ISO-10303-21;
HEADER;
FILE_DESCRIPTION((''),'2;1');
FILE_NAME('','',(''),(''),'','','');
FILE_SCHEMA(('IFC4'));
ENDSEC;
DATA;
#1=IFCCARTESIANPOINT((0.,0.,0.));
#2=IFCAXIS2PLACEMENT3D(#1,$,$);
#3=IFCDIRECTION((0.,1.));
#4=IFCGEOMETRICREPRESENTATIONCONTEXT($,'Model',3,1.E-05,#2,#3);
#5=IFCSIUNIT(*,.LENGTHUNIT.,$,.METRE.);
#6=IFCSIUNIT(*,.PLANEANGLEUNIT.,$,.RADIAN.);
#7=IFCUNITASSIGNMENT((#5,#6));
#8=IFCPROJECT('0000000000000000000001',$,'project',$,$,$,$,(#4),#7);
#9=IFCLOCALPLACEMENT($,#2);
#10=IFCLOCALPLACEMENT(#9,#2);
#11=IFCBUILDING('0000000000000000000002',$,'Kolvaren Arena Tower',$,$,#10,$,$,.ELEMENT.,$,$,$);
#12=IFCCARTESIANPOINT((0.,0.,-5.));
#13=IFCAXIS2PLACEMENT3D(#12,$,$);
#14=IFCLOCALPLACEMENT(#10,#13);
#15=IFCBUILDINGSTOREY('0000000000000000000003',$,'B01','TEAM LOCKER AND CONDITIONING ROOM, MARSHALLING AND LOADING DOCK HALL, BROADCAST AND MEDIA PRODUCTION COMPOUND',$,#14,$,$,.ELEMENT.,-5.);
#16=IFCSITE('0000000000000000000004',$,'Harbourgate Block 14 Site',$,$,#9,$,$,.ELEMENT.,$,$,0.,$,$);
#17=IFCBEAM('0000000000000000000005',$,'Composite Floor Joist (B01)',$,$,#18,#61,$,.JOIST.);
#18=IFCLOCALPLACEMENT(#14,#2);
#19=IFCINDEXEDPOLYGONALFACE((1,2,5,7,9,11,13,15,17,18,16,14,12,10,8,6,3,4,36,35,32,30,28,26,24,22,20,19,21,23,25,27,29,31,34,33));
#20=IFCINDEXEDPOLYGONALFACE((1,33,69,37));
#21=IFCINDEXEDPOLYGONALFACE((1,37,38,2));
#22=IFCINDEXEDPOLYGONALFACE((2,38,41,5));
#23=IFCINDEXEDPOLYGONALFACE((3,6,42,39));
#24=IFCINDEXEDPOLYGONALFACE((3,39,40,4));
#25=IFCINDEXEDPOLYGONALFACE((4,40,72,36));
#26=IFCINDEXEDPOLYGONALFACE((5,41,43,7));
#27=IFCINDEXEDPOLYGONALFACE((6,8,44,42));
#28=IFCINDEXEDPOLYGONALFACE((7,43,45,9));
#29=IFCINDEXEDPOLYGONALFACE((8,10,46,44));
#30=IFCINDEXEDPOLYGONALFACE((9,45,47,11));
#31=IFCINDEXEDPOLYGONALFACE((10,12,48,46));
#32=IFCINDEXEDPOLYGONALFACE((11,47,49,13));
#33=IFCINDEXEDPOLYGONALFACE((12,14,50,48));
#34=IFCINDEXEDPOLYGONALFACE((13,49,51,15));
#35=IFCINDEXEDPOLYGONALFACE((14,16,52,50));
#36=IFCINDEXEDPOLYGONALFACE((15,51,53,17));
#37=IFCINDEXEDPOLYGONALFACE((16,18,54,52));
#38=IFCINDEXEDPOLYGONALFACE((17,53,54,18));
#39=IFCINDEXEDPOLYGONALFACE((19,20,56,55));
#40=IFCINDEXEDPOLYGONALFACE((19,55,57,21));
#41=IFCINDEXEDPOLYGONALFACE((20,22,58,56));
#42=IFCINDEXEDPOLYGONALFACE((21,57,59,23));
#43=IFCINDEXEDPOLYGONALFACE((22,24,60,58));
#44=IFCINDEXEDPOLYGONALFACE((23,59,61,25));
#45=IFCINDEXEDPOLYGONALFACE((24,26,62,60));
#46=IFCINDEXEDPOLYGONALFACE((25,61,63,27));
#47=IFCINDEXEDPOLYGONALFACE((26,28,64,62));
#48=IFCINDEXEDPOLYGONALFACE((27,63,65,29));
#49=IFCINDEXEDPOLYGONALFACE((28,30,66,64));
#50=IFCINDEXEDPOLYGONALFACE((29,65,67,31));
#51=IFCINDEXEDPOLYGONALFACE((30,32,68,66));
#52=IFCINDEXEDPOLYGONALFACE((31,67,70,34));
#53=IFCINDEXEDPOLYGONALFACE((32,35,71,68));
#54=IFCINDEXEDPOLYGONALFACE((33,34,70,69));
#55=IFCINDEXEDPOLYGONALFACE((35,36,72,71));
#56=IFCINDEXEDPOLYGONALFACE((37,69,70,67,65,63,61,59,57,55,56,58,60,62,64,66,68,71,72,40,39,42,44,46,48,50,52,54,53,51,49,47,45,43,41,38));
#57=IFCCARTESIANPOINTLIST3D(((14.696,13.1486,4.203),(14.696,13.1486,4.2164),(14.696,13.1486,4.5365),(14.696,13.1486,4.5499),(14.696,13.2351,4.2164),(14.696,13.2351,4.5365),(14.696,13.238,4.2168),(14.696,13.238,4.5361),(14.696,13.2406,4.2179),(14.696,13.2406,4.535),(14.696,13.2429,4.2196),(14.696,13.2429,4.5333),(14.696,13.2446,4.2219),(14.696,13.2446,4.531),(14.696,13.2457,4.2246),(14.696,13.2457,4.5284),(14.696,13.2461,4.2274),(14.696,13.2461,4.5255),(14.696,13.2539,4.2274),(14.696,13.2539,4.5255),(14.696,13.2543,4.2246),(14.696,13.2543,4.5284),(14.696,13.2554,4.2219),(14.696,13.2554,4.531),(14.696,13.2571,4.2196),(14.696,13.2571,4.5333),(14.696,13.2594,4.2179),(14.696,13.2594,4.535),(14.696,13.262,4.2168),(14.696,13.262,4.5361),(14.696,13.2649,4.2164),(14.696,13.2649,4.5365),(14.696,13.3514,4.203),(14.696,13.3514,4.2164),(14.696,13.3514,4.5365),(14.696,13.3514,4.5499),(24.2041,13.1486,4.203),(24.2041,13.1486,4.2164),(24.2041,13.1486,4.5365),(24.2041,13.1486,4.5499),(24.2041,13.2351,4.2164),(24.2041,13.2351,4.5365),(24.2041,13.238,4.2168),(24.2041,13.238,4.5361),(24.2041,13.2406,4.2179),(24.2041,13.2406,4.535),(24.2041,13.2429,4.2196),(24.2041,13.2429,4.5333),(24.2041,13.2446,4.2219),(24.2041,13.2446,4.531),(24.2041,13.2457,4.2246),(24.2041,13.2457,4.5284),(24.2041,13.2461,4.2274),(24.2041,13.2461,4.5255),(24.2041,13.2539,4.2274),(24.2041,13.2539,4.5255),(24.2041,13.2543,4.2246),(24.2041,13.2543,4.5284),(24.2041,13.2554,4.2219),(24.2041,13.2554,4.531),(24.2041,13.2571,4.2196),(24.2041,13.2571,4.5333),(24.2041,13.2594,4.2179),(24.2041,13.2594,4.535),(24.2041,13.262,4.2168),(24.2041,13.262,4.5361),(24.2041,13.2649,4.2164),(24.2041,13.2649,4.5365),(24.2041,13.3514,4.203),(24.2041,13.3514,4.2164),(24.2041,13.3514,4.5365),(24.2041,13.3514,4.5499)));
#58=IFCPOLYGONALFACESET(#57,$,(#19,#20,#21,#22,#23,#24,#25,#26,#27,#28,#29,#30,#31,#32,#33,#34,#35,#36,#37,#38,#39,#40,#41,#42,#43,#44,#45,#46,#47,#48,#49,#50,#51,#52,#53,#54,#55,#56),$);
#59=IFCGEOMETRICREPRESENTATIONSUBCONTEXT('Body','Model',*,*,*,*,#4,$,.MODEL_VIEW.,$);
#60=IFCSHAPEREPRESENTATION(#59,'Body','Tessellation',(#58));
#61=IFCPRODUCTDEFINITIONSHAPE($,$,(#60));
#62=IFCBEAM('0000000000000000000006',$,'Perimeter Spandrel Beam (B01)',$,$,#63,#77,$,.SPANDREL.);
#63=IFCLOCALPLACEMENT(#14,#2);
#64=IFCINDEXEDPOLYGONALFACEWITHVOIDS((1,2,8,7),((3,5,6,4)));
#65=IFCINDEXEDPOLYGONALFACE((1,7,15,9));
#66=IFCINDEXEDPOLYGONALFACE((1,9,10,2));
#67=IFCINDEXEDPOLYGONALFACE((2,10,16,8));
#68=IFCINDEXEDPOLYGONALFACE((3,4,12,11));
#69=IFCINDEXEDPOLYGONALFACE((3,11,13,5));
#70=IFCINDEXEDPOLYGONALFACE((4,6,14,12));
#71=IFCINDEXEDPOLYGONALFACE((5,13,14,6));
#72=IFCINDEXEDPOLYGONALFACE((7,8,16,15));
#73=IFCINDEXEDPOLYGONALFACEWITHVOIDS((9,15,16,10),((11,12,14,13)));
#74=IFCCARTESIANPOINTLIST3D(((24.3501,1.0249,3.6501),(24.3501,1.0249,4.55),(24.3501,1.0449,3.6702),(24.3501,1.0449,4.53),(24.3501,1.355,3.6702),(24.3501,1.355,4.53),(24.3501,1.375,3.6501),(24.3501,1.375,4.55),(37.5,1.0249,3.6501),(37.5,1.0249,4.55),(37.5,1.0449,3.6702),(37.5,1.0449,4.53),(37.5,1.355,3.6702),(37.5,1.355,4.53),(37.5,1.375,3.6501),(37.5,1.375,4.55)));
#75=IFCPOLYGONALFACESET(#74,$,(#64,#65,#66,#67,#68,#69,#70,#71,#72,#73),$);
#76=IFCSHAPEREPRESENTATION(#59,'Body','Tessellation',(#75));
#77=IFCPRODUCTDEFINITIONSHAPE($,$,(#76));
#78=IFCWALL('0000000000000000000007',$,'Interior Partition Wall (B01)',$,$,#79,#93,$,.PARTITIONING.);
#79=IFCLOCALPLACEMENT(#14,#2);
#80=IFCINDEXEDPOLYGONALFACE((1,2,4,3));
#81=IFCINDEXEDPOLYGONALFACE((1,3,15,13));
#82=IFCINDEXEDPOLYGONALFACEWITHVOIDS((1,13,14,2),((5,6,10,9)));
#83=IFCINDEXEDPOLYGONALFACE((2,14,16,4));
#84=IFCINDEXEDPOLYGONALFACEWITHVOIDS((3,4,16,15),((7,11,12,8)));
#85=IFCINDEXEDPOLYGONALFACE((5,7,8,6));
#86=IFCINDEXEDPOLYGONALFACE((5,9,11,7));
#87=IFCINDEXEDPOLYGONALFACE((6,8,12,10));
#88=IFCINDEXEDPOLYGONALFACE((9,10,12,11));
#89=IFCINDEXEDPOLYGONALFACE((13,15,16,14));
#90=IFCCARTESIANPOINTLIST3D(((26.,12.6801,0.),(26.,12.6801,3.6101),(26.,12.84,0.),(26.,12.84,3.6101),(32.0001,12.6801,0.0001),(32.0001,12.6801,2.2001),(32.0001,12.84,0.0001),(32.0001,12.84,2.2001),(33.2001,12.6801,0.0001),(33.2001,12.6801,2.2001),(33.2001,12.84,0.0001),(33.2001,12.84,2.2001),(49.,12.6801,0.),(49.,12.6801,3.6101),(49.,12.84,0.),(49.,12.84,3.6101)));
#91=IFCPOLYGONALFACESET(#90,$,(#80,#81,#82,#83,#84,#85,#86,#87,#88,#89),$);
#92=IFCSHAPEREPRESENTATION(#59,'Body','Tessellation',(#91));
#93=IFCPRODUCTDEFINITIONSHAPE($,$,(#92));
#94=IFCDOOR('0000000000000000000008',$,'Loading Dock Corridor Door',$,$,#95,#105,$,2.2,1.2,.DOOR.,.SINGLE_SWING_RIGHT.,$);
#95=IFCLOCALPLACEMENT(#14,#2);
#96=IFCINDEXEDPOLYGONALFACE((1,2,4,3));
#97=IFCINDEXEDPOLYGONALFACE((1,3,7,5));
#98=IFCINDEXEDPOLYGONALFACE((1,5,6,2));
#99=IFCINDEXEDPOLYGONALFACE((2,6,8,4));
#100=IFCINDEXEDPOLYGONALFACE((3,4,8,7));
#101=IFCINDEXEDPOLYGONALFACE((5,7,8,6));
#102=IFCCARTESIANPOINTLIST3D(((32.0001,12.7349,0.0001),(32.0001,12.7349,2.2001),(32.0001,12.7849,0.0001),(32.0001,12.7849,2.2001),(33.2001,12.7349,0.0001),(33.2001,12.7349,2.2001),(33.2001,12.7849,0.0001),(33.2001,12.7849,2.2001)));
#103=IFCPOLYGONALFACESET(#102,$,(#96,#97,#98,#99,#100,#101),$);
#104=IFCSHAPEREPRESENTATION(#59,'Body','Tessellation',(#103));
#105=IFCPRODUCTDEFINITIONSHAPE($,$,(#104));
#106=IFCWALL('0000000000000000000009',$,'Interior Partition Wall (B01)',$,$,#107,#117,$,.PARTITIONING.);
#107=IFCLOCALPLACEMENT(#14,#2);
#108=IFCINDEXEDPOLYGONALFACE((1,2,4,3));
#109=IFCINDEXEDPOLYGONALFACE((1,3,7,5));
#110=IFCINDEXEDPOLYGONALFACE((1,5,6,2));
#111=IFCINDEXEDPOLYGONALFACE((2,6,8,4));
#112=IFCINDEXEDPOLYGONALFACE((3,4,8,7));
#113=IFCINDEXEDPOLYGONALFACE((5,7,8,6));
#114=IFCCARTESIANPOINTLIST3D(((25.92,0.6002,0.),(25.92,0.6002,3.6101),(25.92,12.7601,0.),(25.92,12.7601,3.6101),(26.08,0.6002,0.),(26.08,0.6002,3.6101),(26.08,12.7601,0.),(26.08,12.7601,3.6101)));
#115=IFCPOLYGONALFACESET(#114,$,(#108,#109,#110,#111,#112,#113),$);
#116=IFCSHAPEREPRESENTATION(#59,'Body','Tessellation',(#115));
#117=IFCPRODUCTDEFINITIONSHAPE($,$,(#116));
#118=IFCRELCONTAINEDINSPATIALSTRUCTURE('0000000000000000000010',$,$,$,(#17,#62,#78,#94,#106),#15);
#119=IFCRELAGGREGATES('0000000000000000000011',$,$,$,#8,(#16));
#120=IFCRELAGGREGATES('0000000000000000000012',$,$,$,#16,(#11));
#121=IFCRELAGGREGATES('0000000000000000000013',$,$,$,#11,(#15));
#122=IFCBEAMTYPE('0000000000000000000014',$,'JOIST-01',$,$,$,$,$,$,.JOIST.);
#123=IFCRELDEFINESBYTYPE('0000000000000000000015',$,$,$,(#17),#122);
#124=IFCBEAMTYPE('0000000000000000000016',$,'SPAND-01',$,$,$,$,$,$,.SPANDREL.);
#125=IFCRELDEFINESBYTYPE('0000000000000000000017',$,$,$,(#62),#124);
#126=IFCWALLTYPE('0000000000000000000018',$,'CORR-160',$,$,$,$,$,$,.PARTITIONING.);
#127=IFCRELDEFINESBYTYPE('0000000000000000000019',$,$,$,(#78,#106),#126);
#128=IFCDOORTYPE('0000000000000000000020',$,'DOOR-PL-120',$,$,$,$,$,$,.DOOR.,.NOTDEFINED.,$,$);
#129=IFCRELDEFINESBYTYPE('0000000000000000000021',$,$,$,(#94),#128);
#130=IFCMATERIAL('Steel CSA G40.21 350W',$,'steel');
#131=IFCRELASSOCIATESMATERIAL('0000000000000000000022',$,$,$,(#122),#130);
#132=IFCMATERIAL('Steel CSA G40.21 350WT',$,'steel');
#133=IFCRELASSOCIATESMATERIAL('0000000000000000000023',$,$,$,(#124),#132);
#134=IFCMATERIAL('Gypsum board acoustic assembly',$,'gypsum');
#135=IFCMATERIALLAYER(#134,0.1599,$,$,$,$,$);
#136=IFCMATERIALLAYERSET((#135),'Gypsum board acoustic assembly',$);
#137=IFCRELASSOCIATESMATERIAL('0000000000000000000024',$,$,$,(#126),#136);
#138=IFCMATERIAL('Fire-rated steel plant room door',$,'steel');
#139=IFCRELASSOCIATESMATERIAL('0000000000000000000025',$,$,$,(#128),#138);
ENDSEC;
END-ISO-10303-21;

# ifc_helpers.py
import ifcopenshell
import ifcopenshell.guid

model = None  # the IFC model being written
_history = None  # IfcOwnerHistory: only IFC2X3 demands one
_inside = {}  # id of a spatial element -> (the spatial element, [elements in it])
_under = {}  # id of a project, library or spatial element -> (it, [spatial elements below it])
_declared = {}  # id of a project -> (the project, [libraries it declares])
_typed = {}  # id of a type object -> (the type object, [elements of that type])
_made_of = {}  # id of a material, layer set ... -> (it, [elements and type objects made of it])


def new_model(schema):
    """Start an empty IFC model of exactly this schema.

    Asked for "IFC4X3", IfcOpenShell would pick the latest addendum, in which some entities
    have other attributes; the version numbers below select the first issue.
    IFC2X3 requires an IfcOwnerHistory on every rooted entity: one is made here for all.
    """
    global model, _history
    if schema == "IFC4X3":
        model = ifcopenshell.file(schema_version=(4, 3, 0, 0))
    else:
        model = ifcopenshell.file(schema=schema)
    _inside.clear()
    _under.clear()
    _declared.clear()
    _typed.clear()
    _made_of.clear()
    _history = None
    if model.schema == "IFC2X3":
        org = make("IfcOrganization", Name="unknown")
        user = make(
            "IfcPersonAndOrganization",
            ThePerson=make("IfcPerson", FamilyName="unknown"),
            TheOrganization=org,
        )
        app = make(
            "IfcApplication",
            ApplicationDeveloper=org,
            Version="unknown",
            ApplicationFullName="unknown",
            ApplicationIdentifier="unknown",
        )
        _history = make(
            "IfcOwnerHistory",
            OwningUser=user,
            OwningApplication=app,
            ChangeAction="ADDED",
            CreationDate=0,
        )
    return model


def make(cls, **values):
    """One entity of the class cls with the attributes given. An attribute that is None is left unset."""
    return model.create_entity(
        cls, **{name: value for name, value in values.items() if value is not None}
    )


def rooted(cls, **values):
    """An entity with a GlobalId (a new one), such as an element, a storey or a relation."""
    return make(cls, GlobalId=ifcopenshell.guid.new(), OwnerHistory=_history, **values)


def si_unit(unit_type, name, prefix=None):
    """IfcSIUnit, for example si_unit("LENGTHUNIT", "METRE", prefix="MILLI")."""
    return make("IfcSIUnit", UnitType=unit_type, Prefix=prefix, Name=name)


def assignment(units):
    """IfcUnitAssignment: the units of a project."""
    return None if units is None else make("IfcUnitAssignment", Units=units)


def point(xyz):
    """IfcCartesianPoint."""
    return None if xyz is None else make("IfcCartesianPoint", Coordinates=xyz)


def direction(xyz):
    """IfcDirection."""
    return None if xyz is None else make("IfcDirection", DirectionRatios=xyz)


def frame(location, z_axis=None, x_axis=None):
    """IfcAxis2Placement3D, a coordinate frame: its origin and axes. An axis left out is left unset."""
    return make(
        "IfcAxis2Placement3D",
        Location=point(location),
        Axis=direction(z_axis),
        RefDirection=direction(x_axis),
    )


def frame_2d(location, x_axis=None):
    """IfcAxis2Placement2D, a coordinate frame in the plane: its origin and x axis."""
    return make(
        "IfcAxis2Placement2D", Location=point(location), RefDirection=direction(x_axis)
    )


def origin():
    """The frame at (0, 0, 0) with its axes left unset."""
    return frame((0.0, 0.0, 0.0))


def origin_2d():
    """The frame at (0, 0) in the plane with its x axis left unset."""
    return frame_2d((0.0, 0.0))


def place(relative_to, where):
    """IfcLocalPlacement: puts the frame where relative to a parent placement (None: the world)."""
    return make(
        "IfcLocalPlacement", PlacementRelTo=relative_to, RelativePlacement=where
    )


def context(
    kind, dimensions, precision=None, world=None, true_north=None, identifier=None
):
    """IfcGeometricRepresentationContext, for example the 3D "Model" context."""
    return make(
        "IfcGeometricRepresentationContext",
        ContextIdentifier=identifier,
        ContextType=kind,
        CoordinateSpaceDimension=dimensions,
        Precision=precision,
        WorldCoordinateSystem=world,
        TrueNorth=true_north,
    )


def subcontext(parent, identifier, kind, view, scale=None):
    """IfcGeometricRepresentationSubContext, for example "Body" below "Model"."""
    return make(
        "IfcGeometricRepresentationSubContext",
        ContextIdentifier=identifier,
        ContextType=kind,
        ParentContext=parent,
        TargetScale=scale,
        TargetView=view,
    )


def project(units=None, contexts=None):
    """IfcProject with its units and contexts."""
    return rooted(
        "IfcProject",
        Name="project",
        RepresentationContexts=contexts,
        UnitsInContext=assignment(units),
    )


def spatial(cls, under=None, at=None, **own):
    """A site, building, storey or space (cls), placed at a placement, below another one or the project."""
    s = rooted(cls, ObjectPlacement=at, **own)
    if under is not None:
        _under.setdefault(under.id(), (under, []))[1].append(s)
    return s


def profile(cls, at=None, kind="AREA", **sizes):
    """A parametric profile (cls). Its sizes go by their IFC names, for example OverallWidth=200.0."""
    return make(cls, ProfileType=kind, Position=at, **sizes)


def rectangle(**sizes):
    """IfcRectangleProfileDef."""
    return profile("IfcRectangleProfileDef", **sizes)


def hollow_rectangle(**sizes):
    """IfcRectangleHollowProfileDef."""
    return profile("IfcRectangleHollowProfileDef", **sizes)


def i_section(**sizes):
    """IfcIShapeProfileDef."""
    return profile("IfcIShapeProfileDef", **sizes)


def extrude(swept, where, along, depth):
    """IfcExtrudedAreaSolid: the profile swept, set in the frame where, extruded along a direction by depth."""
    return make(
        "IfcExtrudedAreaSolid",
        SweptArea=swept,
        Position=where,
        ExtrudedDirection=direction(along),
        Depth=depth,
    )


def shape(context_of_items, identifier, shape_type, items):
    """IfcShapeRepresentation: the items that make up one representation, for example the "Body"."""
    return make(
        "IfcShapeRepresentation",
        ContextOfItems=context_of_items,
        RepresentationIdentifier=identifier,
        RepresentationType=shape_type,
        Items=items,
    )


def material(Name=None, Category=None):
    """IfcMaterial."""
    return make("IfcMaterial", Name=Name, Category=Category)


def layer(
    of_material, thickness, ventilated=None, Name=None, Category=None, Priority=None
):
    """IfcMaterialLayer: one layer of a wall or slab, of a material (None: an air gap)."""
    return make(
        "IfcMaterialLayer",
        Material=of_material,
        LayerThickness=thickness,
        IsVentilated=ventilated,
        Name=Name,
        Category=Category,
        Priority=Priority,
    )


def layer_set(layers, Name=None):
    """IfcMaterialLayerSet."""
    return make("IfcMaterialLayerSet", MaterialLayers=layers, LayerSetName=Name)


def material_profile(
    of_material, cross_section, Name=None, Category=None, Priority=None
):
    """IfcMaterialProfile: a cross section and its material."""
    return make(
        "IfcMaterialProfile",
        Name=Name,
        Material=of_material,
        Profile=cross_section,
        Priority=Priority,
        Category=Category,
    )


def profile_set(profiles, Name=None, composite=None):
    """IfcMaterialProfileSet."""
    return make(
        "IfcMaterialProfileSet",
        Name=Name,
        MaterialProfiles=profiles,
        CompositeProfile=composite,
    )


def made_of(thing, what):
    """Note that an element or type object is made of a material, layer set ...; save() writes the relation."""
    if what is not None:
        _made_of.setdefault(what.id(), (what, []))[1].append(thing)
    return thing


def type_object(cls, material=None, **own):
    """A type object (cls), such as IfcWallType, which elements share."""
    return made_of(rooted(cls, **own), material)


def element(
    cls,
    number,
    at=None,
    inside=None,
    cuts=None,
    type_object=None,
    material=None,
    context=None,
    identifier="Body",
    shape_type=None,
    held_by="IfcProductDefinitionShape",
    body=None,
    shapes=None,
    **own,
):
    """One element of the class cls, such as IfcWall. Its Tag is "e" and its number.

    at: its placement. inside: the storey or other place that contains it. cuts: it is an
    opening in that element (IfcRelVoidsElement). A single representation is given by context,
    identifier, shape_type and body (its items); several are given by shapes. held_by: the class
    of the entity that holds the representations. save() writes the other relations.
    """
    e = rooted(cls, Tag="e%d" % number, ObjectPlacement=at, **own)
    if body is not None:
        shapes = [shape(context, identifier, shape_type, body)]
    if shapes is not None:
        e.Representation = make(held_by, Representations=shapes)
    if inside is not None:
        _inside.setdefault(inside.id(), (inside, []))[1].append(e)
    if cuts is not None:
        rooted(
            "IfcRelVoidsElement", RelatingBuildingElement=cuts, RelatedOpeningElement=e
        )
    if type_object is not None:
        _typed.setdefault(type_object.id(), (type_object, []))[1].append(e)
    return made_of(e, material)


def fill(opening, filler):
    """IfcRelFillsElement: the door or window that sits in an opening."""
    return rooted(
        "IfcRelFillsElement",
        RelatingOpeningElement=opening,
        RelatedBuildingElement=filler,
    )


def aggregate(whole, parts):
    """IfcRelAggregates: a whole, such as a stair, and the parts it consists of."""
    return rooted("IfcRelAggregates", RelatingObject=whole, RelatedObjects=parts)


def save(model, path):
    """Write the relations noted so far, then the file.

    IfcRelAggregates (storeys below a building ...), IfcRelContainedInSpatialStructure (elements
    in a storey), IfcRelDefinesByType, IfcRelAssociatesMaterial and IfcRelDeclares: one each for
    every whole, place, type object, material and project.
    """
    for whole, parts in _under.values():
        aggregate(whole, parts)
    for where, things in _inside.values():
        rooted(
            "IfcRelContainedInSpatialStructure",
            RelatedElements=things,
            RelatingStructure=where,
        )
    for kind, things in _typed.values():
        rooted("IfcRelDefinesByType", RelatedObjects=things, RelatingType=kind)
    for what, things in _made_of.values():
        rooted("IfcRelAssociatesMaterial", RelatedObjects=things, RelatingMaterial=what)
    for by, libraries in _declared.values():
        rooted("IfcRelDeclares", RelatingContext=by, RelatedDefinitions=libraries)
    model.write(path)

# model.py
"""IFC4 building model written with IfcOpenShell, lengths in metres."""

from ifc_helpers import new_model, si_unit, direction, frame, frame_2d, origin, origin_2d, place, context, subcontext, project, spatial, rectangle, hollow_rectangle, i_section, extrude, material, layer, layer_set, material_profile, profile_set, type_object, element, fill, save


model = new_model("IFC4")

# Units and contexts
model_context = context("Model", 3, precision=1e-05, world=origin(), true_north=direction((0.0, 1.0)))
body_context = subcontext(model_context, "Body", "Model", "MODEL_VIEW")
ifc_project = project(units=[si_unit("LENGTHUNIT", "METRE"), si_unit("PLANEANGLEUNIT", "RADIAN")], contexts=[model_context])

# Site, building, storey
site_placement = place(None, origin())
site = spatial("IfcSite", under=ifc_project, at=site_placement, Name="Harbourgate Block 14 Site", CompositionType="ELEMENT", RefElevation=0.0)
building_placement = place(site_placement, origin())
building = spatial("IfcBuilding", under=site, at=building_placement, Name="Kolvaren Arena Tower", CompositionType="ELEMENT")
storey_placement = place(building_placement, frame((0.0, 0.0, -5.0)))
storey = spatial("IfcBuildingStorey", under=building, at=storey_placement, Name="B01", Description="TEAM LOCKER AND CONDITIONING ROOM, MARSHALLING AND LOADING DOCK HALL, BROADCAST AND MEDIA PRODUCTION COMPOUND", CompositionType="ELEMENT", Elevation=-5.0)

# Beams
ifc_material_1 = material(Name="Steel CSA G40.21 350W", Category="steel")
ifc_material_profile_1 = material_profile(ifc_material_1, i_section(OverallWidth=0.2029, OverallDepth=0.3469, WebThickness=0.0078, FlangeThickness=0.0134, FilletRadius=0.011, at=origin_2d()), Name="W360x64")
ifc_profile_set_1 = profile_set([ifc_material_profile_1], Name="Steel CSA G40.21 350W")
beam_type_1 = type_object("IfcBeamType", Name="JOIST-01", PredefinedType="JOIST", material=ifc_profile_set_1)
beam_1_placement = place(storey_placement, frame((14.696, 13.25, 4.3765), z_axis=(1.0, 0.0, 0.0), x_axis=(0.0, 1.0, 0.0)))
element("IfcBeam", 1, at=beam_1_placement, inside=storey, type_object=beam_type_1, Name="Composite Floor Joist (B01)", PredefinedType="JOIST", context=body_context, shape_type="SweptSolid", body=[
    extrude(i_section(OverallWidth=0.2029, OverallDepth=0.3469, WebThickness=0.0078, FlangeThickness=0.0134, FilletRadius=0.011, at=origin_2d()), origin(), (0.0, 0.0, 1.0), 9.5081),
])
ifc_material_2 = material(Name="Steel CSA G40.21 350WT", Category="steel")
ifc_material_profile_2 = material_profile(ifc_material_2, hollow_rectangle(XDim=0.3501, YDim=0.8999, WallThickness=0.02, at=origin_2d()), Name="HSS 900x350x20")
ifc_profile_set_2 = profile_set([ifc_material_profile_2], Name="Steel CSA G40.21 350WT")
beam_type_2 = type_object("IfcBeamType", Name="SPAND-01", PredefinedType="SPANDREL", material=ifc_profile_set_2)
beam_2_placement = place(storey_placement, frame((24.3501, 1.2, 4.1001), z_axis=(1.0, 0.0, 0.0), x_axis=(0.0, 1.0, 0.0)))
element("IfcBeam", 2, at=beam_2_placement, inside=storey, type_object=beam_type_2, Name="Perimeter Spandrel Beam (B01)", PredefinedType="SPANDREL", context=body_context, shape_type="SweptSolid", body=[
    extrude(hollow_rectangle(XDim=0.3501, YDim=0.8999, WallThickness=0.02, at=origin_2d()), origin(), (0.0, 0.0, 1.0), 13.1499),
])

# Wall, opening, door
ifc_material_3 = material(Name="Gypsum board acoustic assembly", Category="gypsum")
ifc_layer = layer(ifc_material_3, 0.1599)
ifc_layer_set = layer_set([ifc_layer], Name="Gypsum board acoustic assembly")
wall_type = type_object("IfcWallType", Name="CORR-160", PredefinedType="PARTITIONING", material=ifc_layer_set)
wall_1_placement = place(storey_placement, frame((26.0, 12.76, 0.0), z_axis=(0.0, 0.0, 1.0), x_axis=(1.0, 0.0, 0.0)))
wall_1 = element("IfcWall", 3, at=wall_1_placement, inside=storey, type_object=wall_type, Name="Interior Partition Wall (B01)", PredefinedType="PARTITIONING", context=body_context, shape_type="SweptSolid", body=[
    extrude(rectangle(XDim=23.0, YDim=0.1599, at=frame_2d((11.5, 0.0))), origin(), (0.0, 0.0, 1.0), 3.6101),
])
opening_placement = place(wall_1_placement, frame((6.0, 0.0, 0.0)))
opening = element("IfcOpeningElement", 4, at=opening_placement, cuts=wall_1, PredefinedType="OPENING", context=body_context, shape_type="SweptSolid", body=[
    extrude(rectangle(XDim=1.2, YDim=2.2, at=frame_2d((0.6001, 1.1001))), frame((0.0, 0.0898, 0.0), z_axis=(0.0, -1.0, 0.0), x_axis=(1.0, 0.0, 0.0)), (0.0, 0.0, 1.0), 0.1799),
])
ifc_material_4 = material(Name="Fire-rated steel plant room door", Category="steel")
door_type = type_object("IfcDoorType", Name="DOOR-PL-120", OperationType="NOTDEFINED", PredefinedType="DOOR", material=ifc_material_4)
door_placement = place(opening_placement, origin())
door = element("IfcDoor", 5, at=door_placement, inside=storey, type_object=door_type, Name="Loading Dock Corridor Door", OperationType="SINGLE_SWING_RIGHT", OverallHeight=2.2, OverallWidth=1.2, PredefinedType="DOOR", context=body_context, shape_type="SweptSolid", body=[
    extrude(rectangle(XDim=1.2, YDim=2.2, at=frame_2d((0.6001, 1.1001))), frame((0.0, 0.0249, 0.0), z_axis=(0.0, -1.0, 0.0), x_axis=(1.0, 0.0, 0.0)), (0.0, 0.0, 1.0), 0.05),
])
fill(opening, door)

# Wall
wall_2_placement = place(storey_placement, frame((26.0, 0.6001, 0.0), z_axis=(0.0, 0.0, 1.0), x_axis=(0.0, 1.0, 0.0)))
element("IfcWall", 6, at=wall_2_placement, inside=storey, type_object=wall_type, Name="Interior Partition Wall (B01)", PredefinedType="PARTITIONING", context=body_context, shape_type="SweptSolid", body=[
    extrude(rectangle(XDim=12.1599, YDim=0.1599, at=frame_2d((6.0801, 0.0))), origin(), (0.0, 0.0, 1.0), 3.6101),
])

save(model, "model.ifc")
